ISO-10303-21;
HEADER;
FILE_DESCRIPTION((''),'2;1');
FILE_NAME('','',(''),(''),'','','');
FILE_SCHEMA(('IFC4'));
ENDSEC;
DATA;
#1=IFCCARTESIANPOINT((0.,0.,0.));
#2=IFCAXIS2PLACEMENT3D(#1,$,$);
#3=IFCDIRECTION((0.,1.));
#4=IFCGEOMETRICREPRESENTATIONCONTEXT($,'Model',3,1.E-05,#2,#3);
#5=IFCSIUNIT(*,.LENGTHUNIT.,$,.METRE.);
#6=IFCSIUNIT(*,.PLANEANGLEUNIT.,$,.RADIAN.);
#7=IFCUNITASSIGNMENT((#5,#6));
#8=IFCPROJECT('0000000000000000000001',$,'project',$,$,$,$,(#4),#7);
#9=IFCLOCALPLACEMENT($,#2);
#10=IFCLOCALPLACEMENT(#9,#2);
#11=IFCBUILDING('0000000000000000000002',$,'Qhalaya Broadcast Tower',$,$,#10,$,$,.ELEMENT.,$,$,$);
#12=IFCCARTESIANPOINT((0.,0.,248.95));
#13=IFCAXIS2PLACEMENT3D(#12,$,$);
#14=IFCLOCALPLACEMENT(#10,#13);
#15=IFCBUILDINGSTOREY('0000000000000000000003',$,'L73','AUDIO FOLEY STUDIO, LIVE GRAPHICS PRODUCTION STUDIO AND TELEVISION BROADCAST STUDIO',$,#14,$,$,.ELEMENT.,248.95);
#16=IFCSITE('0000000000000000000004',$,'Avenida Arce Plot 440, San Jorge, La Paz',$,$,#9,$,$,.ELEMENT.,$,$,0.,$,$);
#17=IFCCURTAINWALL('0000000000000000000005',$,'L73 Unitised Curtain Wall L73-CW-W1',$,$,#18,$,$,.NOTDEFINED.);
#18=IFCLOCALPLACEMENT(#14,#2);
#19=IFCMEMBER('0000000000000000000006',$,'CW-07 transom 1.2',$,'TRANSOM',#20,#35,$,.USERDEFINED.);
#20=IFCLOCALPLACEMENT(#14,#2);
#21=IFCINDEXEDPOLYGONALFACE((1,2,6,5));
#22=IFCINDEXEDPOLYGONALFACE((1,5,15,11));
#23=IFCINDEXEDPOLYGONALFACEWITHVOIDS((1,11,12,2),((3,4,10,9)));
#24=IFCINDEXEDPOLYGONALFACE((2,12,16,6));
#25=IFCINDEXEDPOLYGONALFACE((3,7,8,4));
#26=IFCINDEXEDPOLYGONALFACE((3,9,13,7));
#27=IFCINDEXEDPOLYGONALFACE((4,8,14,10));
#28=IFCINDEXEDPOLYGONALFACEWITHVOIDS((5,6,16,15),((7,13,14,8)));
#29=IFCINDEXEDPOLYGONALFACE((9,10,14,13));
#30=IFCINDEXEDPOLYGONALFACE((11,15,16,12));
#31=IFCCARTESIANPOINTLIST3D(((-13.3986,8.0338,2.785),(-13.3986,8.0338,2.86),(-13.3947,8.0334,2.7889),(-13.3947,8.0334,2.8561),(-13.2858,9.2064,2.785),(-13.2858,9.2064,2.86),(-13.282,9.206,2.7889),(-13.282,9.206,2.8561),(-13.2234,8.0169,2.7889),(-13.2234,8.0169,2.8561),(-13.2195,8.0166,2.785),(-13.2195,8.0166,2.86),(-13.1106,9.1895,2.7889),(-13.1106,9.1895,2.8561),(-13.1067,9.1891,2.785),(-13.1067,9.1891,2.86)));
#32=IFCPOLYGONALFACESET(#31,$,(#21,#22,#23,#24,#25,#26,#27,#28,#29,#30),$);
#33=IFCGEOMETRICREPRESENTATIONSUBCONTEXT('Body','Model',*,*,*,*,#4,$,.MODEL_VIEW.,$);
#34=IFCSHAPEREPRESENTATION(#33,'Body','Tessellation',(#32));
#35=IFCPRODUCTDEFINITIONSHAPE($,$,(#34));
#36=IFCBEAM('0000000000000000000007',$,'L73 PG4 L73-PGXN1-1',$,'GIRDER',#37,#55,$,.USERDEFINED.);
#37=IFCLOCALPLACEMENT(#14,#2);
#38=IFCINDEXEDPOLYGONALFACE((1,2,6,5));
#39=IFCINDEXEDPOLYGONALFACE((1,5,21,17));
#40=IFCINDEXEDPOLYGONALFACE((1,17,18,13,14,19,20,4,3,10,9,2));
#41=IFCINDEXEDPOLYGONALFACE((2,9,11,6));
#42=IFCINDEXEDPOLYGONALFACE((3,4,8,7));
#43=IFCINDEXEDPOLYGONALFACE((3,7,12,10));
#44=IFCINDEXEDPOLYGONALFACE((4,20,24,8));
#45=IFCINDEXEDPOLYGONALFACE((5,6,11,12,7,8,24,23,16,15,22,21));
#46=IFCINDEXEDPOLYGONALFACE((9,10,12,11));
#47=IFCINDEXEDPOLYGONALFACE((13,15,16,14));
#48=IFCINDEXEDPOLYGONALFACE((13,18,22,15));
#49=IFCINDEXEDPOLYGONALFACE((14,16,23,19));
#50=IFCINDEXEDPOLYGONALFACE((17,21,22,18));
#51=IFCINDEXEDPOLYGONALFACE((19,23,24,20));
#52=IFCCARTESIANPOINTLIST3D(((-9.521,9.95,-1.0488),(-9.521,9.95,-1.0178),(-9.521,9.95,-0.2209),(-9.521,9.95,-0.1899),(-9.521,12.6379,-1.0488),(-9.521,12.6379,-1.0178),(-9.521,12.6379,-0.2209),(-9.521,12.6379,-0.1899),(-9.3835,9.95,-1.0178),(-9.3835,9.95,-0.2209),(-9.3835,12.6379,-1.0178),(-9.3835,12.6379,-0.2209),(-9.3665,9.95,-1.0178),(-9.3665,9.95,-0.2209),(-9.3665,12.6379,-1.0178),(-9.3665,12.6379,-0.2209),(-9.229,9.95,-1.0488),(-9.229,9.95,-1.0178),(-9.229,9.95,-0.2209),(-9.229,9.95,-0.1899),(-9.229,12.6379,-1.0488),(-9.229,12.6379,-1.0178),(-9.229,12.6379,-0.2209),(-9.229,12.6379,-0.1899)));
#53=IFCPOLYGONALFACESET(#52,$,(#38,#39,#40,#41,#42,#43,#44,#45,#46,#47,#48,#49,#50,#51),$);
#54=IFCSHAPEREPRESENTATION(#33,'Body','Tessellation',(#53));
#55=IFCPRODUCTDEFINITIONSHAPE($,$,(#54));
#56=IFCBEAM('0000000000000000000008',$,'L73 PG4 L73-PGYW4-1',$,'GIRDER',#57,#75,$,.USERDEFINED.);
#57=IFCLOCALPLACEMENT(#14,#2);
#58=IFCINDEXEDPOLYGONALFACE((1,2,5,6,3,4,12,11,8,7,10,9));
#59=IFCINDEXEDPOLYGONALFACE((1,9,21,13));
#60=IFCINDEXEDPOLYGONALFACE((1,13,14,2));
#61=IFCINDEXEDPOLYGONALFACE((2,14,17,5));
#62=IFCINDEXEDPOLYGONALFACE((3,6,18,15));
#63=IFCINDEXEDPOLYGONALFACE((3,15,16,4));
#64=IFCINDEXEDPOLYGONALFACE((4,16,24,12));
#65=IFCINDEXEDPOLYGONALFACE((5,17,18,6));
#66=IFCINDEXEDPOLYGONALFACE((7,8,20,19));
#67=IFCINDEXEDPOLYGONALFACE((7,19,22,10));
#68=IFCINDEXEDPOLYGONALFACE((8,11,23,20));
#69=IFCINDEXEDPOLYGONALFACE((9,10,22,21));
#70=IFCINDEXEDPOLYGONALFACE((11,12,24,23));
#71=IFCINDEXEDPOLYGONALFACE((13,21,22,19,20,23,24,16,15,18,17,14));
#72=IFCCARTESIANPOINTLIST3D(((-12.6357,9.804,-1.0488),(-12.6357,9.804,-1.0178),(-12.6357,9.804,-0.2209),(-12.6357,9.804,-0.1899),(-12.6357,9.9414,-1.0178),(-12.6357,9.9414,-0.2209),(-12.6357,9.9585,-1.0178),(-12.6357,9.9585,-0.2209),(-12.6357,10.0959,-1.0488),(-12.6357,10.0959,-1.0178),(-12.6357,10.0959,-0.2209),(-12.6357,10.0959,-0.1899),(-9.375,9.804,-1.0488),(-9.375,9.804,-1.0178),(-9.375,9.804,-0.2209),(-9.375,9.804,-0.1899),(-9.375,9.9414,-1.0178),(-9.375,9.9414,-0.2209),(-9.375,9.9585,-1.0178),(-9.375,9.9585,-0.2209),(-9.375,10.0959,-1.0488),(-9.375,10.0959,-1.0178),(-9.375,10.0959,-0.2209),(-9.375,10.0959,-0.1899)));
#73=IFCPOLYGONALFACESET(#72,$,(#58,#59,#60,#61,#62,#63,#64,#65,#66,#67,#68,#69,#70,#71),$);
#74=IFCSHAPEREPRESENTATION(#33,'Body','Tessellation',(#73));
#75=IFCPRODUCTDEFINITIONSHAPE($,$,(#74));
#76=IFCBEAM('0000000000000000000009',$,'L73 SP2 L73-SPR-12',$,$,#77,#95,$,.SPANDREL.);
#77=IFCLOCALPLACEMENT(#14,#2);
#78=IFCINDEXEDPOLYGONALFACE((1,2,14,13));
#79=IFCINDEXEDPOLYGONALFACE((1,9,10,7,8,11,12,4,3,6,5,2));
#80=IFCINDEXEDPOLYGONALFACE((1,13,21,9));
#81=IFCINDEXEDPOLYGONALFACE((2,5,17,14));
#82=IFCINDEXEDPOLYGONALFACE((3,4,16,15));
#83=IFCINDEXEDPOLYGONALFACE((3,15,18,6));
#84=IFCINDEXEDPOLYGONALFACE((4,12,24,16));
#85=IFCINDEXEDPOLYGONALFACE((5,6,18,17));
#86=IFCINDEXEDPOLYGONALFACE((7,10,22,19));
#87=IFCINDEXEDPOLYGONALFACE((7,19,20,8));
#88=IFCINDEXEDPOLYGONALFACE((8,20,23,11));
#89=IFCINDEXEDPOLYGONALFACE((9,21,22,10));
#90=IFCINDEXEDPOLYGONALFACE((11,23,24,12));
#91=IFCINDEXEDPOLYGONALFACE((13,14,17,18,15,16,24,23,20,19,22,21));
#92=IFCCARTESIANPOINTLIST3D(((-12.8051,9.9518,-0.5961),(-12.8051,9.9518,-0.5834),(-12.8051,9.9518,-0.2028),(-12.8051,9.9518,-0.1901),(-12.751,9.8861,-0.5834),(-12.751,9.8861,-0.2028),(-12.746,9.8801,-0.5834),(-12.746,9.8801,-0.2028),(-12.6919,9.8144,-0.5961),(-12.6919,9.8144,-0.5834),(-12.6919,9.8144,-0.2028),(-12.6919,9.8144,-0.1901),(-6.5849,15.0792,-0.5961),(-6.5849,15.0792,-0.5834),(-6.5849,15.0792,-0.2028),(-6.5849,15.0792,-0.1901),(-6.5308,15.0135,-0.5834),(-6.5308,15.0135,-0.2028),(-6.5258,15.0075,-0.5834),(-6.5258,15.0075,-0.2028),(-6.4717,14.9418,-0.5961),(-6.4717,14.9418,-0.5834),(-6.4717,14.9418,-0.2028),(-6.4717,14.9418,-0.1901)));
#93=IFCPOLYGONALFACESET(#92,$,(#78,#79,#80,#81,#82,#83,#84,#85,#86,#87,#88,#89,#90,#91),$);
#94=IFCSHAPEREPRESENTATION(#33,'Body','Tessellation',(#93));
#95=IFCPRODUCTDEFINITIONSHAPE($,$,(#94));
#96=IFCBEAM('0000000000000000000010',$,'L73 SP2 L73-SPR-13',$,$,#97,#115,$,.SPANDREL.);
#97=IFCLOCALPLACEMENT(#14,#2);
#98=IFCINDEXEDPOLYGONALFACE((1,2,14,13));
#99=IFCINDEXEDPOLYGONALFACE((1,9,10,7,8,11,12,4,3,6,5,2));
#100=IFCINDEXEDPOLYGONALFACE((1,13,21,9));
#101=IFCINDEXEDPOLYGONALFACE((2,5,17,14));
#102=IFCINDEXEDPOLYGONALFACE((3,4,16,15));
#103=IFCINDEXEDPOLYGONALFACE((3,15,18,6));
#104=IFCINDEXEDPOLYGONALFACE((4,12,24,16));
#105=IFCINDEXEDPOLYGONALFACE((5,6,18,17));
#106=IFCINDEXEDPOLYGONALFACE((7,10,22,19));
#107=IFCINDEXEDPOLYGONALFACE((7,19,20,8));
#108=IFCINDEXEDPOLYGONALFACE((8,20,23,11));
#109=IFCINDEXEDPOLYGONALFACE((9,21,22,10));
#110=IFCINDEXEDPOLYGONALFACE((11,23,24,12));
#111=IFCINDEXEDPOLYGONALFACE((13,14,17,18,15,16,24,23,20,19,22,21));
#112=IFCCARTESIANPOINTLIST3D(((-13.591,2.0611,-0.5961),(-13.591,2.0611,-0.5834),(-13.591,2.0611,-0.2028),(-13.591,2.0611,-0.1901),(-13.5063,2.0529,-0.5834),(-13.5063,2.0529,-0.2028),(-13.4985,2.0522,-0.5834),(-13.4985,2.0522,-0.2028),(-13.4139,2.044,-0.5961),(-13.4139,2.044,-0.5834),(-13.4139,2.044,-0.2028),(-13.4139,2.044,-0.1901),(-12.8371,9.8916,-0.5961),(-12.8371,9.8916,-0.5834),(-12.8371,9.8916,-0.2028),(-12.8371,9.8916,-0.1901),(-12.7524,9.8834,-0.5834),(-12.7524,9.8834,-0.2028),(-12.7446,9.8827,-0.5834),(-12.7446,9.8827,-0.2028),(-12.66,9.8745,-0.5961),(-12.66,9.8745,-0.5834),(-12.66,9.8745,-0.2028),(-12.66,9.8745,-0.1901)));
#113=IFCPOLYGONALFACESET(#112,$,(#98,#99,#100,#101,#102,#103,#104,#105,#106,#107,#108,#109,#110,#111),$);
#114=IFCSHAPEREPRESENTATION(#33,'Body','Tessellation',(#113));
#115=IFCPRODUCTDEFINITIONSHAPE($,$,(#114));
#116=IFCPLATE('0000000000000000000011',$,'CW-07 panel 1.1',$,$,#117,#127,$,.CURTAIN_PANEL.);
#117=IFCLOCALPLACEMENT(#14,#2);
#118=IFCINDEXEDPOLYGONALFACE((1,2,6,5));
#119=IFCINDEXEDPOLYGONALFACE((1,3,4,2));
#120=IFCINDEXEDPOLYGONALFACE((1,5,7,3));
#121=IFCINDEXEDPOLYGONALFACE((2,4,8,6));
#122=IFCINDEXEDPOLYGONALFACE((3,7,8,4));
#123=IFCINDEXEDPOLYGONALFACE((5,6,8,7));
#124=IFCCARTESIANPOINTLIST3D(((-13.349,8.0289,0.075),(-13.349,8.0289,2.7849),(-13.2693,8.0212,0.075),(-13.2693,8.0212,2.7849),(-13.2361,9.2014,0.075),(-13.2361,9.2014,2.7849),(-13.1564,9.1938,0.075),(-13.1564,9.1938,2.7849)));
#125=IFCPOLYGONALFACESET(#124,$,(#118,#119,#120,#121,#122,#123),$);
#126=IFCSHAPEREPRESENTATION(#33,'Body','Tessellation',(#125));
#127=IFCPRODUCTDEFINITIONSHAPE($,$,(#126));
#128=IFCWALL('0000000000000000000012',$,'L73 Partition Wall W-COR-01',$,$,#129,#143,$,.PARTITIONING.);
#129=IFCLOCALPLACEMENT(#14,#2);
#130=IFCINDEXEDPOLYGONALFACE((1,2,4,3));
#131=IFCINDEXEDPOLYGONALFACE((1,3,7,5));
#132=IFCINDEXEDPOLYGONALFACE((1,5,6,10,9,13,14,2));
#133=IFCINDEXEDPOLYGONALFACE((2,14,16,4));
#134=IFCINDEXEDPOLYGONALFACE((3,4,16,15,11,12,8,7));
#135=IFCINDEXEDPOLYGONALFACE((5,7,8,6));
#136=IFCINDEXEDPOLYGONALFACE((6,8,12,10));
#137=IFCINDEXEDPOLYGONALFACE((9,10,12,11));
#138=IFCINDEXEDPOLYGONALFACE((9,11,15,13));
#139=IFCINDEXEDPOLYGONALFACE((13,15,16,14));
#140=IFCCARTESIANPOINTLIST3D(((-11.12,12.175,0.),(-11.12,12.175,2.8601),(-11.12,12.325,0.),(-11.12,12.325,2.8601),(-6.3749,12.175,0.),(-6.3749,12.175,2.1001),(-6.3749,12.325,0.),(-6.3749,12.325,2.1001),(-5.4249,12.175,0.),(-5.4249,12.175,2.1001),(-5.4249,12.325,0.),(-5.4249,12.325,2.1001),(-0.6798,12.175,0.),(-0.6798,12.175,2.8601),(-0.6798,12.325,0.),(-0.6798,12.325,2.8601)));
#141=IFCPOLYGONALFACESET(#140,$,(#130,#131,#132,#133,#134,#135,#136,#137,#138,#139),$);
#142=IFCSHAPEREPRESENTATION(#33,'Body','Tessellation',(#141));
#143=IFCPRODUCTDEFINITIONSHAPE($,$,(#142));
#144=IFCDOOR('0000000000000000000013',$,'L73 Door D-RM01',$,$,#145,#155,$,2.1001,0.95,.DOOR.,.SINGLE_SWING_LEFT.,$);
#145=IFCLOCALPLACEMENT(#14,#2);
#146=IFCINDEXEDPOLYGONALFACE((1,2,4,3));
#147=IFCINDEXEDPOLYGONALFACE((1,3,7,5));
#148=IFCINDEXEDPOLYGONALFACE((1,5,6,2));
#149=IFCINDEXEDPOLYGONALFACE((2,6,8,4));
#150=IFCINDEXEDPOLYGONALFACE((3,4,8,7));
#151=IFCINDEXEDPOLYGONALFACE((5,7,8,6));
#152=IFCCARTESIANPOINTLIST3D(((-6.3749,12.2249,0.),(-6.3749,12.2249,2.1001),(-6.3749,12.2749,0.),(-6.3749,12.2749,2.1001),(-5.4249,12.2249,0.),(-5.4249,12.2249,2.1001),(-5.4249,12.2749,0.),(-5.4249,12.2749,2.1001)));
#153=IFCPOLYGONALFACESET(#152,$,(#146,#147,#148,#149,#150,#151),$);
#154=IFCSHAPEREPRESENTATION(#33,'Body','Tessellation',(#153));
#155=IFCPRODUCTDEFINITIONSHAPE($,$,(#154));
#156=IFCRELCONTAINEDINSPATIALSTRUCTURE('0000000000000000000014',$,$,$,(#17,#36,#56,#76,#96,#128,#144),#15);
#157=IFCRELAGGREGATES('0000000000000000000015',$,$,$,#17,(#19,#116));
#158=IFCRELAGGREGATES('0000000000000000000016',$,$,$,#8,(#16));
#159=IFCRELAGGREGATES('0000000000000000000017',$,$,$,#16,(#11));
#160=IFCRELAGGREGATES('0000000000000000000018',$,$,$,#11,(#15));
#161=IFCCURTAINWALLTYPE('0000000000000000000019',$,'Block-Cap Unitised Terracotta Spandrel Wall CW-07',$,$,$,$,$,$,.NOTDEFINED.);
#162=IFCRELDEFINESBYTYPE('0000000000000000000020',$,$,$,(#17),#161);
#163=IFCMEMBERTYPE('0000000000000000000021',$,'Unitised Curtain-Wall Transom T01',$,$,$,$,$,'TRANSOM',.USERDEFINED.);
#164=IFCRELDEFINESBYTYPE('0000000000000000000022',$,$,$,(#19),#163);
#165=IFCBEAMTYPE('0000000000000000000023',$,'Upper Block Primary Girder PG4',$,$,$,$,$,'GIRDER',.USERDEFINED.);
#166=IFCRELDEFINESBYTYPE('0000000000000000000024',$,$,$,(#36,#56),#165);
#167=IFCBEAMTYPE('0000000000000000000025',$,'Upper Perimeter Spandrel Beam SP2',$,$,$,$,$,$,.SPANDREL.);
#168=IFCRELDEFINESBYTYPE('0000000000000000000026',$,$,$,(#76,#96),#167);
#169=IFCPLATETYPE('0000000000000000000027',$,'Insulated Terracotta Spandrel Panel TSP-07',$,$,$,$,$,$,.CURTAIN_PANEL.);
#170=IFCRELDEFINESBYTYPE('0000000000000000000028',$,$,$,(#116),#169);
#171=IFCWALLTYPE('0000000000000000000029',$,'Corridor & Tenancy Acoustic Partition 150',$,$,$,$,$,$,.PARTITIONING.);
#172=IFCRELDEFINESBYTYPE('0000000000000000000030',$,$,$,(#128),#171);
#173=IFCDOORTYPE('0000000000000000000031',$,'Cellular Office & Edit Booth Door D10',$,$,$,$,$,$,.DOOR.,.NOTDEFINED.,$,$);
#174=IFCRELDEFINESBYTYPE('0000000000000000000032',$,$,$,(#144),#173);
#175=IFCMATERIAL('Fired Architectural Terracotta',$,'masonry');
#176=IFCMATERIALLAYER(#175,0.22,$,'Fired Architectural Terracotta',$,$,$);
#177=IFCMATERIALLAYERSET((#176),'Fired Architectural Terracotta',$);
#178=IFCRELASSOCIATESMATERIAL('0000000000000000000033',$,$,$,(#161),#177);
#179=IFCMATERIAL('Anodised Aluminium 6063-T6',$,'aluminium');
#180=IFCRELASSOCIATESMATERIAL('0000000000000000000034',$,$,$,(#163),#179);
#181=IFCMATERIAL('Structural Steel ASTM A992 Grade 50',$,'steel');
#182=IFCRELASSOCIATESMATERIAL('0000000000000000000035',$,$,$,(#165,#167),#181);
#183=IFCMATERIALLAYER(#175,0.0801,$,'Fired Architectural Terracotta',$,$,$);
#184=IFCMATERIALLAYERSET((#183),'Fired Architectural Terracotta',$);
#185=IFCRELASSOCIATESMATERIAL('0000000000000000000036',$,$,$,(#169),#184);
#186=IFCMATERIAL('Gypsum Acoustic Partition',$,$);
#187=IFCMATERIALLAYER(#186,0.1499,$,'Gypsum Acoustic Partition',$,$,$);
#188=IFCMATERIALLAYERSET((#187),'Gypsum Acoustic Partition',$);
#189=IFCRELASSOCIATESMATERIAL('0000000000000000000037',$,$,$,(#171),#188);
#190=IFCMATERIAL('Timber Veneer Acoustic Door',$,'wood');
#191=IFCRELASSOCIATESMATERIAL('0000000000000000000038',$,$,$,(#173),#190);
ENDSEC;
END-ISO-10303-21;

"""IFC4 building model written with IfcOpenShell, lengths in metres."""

from ifc_helpers import new_model, si_unit, direction, frame, frame_2d, origin, origin_2d, place, context, subcontext, project, spatial, rectangle, hollow_rectangle, i_section, extrude, material, layer, layer_set, material_profile, profile_set, type_object, element, fill, aggregate, save


model = new_model("IFC4")

# Units and contexts
model_context = context("Model", 3, precision=1e-05, world=origin(), true_north=direction((0.0, 1.0)))
body_context = subcontext(model_context, "Body", "Model", "MODEL_VIEW")
ifc_project = project(units=[si_unit("LENGTHUNIT", "METRE"), si_unit("PLANEANGLEUNIT", "RADIAN")], contexts=[model_context])

# Site, building, storey
site_placement = place(None, origin())
site = spatial("IfcSite", under=ifc_project, at=site_placement, Name="Avenida Arce Plot 440, San Jorge, La Paz", CompositionType="ELEMENT", RefElevation=0.0)
building_placement = place(site_placement, origin())
building = spatial("IfcBuilding", under=site, at=building_placement, Name="Qhalaya Broadcast Tower", CompositionType="ELEMENT")
storey_placement = place(building_placement, frame((0.0, 0.0, 248.95)))
storey = spatial("IfcBuildingStorey", under=building, at=storey_placement, Name="L73", Description="AUDIO FOLEY STUDIO, LIVE GRAPHICS PRODUCTION STUDIO AND TELEVISION BROADCAST STUDIO", CompositionType="ELEMENT", Elevation=248.95)

# Shared definitions
ifc_material_1 = material(Name="Structural Steel ASTM A992 Grade 50", Category="steel")

# Shared definitions
ifc_material_2 = material(Name="Fired Architectural Terracotta", Category="masonry")

# Curtain wall, member
ifc_layer_1 = layer(ifc_material_2, 0.22, Name="Fired Architectural Terracotta")
ifc_layer_set_1 = layer_set([ifc_layer_1], Name="Fired Architectural Terracotta")
curtain_wall_type = type_object("IfcCurtainWallType", Name="Block-Cap Unitised Terracotta Spandrel Wall CW-07", PredefinedType="NOTDEFINED", material=ifc_layer_set_1)
curtain_wall_placement = place(storey_placement, origin())
curtain_wall = element("IfcCurtainWall", 1, at=curtain_wall_placement, inside=storey, type_object=curtain_wall_type, Name="L73 Unitised Curtain Wall L73-CW-W1", PredefinedType="NOTDEFINED")
ifc_material_3 = material(Name="Anodised Aluminium 6063-T6", Category="aluminium")
ifc_material_profile_1 = material_profile(ifc_material_3, hollow_rectangle(XDim=0.075, YDim=0.1799, WallThickness=0.0039, at=origin_2d()), Name="ALU-TRN 75x180x4")
ifc_profile_set_1 = profile_set([ifc_material_profile_1], Name="Anodised Aluminium 6063-T6")
member_type_1 = type_object("IfcMemberType", Name="Unitised Curtain-Wall Transom T01", ElementType="TRANSOM", PredefinedType="USERDEFINED", material=ifc_profile_set_1)
member_1_placement = place(storey_placement, frame((-13.1963, 9.1978, 2.8225), z_axis=(-0.095748, -0.995406, 0.0), x_axis=(0.0, 0.0, 1.0)))
member_1 = element("IfcMember", 2, at=member_1_placement, type_object=member_type_1, Name="CW-07 transom 1.2", ObjectType="TRANSOM", PredefinedType="USERDEFINED", context=body_context, shape_type="SweptSolid", body=[
    extrude(hollow_rectangle(XDim=0.075, YDim=0.1799, WallThickness=0.0039, at=origin_2d()), origin(), (0.0, 0.0, 1.0), 1.178),
])

# Beams
ifc_material_profile_2 = material_profile(ifc_material_1, i_section(OverallWidth=0.292, OverallDepth=0.8589, WebThickness=0.0171, FlangeThickness=0.031, at=origin_2d()), Name="W33X169")
ifc_profile_set_2 = profile_set([ifc_material_profile_2], Name="Structural Steel ASTM A992 Grade 50")
beam_type_1 = type_object("IfcBeamType", Name="Upper Block Primary Girder PG4", ElementType="GIRDER", PredefinedType="USERDEFINED", material=ifc_profile_set_2)
beam_1_placement = place(storey_placement, frame((-9.375, 9.95, -0.6194), z_axis=(0.0, 1.0, 0.0), x_axis=(-1.0, 0.0, 0.0)))
element("IfcBeam", 3, at=beam_1_placement, inside=storey, type_object=beam_type_1, Name="L73 PG4 L73-PGXN1-1", ObjectType="GIRDER", PredefinedType="USERDEFINED", context=body_context, shape_type="SweptSolid", body=[
    extrude(i_section(OverallWidth=0.292, OverallDepth=0.8589, WebThickness=0.0171, FlangeThickness=0.031, at=origin_2d()), origin(), (0.0, 0.0, 1.0), 2.688),
])
beam_2_placement = place(storey_placement, frame((-12.6357, 9.95, -0.6194), z_axis=(1.0, 0.0, 0.0), x_axis=(0.0, 1.0, 0.0)))
element("IfcBeam", 4, at=beam_2_placement, inside=storey, type_object=beam_type_1, Name="L73 PG4 L73-PGYW4-1", ObjectType="GIRDER", PredefinedType="USERDEFINED", context=body_context, shape_type="SweptSolid", body=[
    extrude(i_section(OverallWidth=0.292, OverallDepth=0.8589, WebThickness=0.0171, FlangeThickness=0.031, at=origin_2d()), origin(), (0.0, 0.0, 1.0), 3.2607),
])
ifc_material_profile_3 = material_profile(ifc_material_1, i_section(OverallWidth=0.178, OverallDepth=0.406, WebThickness=0.0078, FlangeThickness=0.0127, at=origin_2d()), Name="W16X40")
ifc_profile_set_3 = profile_set([ifc_material_profile_3], Name="Structural Steel ASTM A992 Grade 50")
beam_type_2 = type_object("IfcBeamType", Name="Upper Perimeter Spandrel Beam SP2", PredefinedType="SPANDREL", material=ifc_profile_set_3)
beam_3_placement = place(storey_placement, frame((-6.5283, 15.0105, -0.3931), z_axis=(-0.771631, -0.63607, 0.0), x_axis=(0.63607, -0.771631, 0.0)))
element("IfcBeam", 5, at=beam_3_placement, inside=storey, type_object=beam_type_2, Name="L73 SP2 L73-SPR-12", PredefinedType="SPANDREL", context=body_context, shape_type="SweptSolid", body=[
    extrude(i_section(OverallWidth=0.178, OverallDepth=0.406, WebThickness=0.0078, FlangeThickness=0.0127, at=origin_2d()), origin(), (0.0, 0.0, 1.0), 8.061),
])
beam_4_placement = place(storey_placement, frame((-12.7485, 9.8831, -0.3931), z_axis=(-0.095834, -0.995397, 0.0), x_axis=(0.995397, -0.095834, 0.0)))
element("IfcBeam", 6, at=beam_4_placement, inside=storey, type_object=beam_type_2, Name="L73 SP2 L73-SPR-13", PredefinedType="SPANDREL", context=body_context, shape_type="SweptSolid", body=[
    extrude(i_section(OverallWidth=0.178, OverallDepth=0.406, WebThickness=0.0078, FlangeThickness=0.0127, at=origin_2d()), origin(), (0.0, 0.0, 1.0), 7.8667),
])

# Plate
ifc_layer_2 = layer(ifc_material_2, 0.0801, Name="Fired Architectural Terracotta")
ifc_layer_set_2 = layer_set([ifc_layer_2], Name="Fired Architectural Terracotta")
plate_type = type_object("IfcPlateType", Name="Insulated Terracotta Spandrel Panel TSP-07", PredefinedType="CURTAIN_PANEL", material=ifc_layer_set_2)
plate_placement = place(storey_placement, frame((-13.2527, 8.6113, 0.075), z_axis=(0.0, 0.0, 1.0), x_axis=(-0.095857, -0.995395, 0.0)))
plate = element("IfcPlate", 7, at=plate_placement, type_object=plate_type, Name="CW-07 panel 1.1", PredefinedType="CURTAIN_PANEL", context=body_context, shape_type="SweptSolid", body=[
    extrude(rectangle(XDim=1.178, YDim=0.0801, at=origin_2d()), origin(), (0.0, 0.0, 1.0), 2.71),
])
aggregate(curtain_wall, [member_1, plate])

# Wall, opening, door
ifc_material_4 = material(Name="Gypsum Acoustic Partition")
ifc_layer_3 = layer(ifc_material_4, 0.1499, Name="Gypsum Acoustic Partition")
ifc_layer_set_3 = layer_set([ifc_layer_3], Name="Gypsum Acoustic Partition")
wall_type_1 = type_object("IfcWallType", Name="Corridor & Tenancy Acoustic Partition 150", PredefinedType="PARTITIONING", material=ifc_layer_set_3)
wall_1_placement = place(storey_placement, frame((-11.1201, 12.25, 0.0), z_axis=(0.0, 0.0, 1.0), x_axis=(1.0, 0.0, 0.0)))
wall_1 = element("IfcWall", 8, at=wall_1_placement, inside=storey, type_object=wall_type_1, Name="L73 Partition Wall W-COR-01", PredefinedType="PARTITIONING", context=body_context, shape_type="SweptSolid", body=[
    extrude(rectangle(XDim=10.4402, YDim=0.1499, at=frame_2d((5.2202, 0.0))), origin(), (0.0, 0.0, 1.0), 2.8601),
])
opening_1_placement = place(wall_1_placement, frame((4.7451, 0.0, 0.0)))
opening_1 = element("IfcOpeningElement", 9, at=opening_1_placement, cuts=wall_1, PredefinedType="OPENING", context=body_context, shape_type="SweptSolid", body=[
    extrude(rectangle(XDim=0.95, YDim=2.1001, at=frame_2d((0.4751, 1.05))), frame((0.0, 0.0869, 0.0), z_axis=(0.0, -1.0, 0.0), x_axis=(1.0, 0.0, 0.0)), (0.0, 0.0, 1.0), 0.1738),
])
ifc_material_5 = material(Name="Timber Veneer Acoustic Door", Category="wood")
door_type = type_object("IfcDoorType", Name="Cellular Office & Edit Booth Door D10", OperationType="NOTDEFINED", PredefinedType="DOOR", material=ifc_material_5)
door_1_placement = place(opening_1_placement, origin())
door_1 = element("IfcDoor", 10, at=door_1_placement, inside=storey, type_object=door_type, Name="L73 Door D-RM01", OperationType="SINGLE_SWING_LEFT", OverallHeight=2.1001, OverallWidth=0.95, PredefinedType="DOOR", context=body_context, shape_type="SweptSolid", body=[
    extrude(rectangle(XDim=0.95, YDim=2.1001, at=frame_2d((0.4751, 1.05))), frame((0.0, 0.0249, 0.0), z_axis=(0.0, -1.0, 0.0), x_axis=(1.0, 0.0, 0.0)), (0.0, 0.0, 1.0), 0.05),
])
fill(opening_1, door_1)

save(model, "model.ifc")
